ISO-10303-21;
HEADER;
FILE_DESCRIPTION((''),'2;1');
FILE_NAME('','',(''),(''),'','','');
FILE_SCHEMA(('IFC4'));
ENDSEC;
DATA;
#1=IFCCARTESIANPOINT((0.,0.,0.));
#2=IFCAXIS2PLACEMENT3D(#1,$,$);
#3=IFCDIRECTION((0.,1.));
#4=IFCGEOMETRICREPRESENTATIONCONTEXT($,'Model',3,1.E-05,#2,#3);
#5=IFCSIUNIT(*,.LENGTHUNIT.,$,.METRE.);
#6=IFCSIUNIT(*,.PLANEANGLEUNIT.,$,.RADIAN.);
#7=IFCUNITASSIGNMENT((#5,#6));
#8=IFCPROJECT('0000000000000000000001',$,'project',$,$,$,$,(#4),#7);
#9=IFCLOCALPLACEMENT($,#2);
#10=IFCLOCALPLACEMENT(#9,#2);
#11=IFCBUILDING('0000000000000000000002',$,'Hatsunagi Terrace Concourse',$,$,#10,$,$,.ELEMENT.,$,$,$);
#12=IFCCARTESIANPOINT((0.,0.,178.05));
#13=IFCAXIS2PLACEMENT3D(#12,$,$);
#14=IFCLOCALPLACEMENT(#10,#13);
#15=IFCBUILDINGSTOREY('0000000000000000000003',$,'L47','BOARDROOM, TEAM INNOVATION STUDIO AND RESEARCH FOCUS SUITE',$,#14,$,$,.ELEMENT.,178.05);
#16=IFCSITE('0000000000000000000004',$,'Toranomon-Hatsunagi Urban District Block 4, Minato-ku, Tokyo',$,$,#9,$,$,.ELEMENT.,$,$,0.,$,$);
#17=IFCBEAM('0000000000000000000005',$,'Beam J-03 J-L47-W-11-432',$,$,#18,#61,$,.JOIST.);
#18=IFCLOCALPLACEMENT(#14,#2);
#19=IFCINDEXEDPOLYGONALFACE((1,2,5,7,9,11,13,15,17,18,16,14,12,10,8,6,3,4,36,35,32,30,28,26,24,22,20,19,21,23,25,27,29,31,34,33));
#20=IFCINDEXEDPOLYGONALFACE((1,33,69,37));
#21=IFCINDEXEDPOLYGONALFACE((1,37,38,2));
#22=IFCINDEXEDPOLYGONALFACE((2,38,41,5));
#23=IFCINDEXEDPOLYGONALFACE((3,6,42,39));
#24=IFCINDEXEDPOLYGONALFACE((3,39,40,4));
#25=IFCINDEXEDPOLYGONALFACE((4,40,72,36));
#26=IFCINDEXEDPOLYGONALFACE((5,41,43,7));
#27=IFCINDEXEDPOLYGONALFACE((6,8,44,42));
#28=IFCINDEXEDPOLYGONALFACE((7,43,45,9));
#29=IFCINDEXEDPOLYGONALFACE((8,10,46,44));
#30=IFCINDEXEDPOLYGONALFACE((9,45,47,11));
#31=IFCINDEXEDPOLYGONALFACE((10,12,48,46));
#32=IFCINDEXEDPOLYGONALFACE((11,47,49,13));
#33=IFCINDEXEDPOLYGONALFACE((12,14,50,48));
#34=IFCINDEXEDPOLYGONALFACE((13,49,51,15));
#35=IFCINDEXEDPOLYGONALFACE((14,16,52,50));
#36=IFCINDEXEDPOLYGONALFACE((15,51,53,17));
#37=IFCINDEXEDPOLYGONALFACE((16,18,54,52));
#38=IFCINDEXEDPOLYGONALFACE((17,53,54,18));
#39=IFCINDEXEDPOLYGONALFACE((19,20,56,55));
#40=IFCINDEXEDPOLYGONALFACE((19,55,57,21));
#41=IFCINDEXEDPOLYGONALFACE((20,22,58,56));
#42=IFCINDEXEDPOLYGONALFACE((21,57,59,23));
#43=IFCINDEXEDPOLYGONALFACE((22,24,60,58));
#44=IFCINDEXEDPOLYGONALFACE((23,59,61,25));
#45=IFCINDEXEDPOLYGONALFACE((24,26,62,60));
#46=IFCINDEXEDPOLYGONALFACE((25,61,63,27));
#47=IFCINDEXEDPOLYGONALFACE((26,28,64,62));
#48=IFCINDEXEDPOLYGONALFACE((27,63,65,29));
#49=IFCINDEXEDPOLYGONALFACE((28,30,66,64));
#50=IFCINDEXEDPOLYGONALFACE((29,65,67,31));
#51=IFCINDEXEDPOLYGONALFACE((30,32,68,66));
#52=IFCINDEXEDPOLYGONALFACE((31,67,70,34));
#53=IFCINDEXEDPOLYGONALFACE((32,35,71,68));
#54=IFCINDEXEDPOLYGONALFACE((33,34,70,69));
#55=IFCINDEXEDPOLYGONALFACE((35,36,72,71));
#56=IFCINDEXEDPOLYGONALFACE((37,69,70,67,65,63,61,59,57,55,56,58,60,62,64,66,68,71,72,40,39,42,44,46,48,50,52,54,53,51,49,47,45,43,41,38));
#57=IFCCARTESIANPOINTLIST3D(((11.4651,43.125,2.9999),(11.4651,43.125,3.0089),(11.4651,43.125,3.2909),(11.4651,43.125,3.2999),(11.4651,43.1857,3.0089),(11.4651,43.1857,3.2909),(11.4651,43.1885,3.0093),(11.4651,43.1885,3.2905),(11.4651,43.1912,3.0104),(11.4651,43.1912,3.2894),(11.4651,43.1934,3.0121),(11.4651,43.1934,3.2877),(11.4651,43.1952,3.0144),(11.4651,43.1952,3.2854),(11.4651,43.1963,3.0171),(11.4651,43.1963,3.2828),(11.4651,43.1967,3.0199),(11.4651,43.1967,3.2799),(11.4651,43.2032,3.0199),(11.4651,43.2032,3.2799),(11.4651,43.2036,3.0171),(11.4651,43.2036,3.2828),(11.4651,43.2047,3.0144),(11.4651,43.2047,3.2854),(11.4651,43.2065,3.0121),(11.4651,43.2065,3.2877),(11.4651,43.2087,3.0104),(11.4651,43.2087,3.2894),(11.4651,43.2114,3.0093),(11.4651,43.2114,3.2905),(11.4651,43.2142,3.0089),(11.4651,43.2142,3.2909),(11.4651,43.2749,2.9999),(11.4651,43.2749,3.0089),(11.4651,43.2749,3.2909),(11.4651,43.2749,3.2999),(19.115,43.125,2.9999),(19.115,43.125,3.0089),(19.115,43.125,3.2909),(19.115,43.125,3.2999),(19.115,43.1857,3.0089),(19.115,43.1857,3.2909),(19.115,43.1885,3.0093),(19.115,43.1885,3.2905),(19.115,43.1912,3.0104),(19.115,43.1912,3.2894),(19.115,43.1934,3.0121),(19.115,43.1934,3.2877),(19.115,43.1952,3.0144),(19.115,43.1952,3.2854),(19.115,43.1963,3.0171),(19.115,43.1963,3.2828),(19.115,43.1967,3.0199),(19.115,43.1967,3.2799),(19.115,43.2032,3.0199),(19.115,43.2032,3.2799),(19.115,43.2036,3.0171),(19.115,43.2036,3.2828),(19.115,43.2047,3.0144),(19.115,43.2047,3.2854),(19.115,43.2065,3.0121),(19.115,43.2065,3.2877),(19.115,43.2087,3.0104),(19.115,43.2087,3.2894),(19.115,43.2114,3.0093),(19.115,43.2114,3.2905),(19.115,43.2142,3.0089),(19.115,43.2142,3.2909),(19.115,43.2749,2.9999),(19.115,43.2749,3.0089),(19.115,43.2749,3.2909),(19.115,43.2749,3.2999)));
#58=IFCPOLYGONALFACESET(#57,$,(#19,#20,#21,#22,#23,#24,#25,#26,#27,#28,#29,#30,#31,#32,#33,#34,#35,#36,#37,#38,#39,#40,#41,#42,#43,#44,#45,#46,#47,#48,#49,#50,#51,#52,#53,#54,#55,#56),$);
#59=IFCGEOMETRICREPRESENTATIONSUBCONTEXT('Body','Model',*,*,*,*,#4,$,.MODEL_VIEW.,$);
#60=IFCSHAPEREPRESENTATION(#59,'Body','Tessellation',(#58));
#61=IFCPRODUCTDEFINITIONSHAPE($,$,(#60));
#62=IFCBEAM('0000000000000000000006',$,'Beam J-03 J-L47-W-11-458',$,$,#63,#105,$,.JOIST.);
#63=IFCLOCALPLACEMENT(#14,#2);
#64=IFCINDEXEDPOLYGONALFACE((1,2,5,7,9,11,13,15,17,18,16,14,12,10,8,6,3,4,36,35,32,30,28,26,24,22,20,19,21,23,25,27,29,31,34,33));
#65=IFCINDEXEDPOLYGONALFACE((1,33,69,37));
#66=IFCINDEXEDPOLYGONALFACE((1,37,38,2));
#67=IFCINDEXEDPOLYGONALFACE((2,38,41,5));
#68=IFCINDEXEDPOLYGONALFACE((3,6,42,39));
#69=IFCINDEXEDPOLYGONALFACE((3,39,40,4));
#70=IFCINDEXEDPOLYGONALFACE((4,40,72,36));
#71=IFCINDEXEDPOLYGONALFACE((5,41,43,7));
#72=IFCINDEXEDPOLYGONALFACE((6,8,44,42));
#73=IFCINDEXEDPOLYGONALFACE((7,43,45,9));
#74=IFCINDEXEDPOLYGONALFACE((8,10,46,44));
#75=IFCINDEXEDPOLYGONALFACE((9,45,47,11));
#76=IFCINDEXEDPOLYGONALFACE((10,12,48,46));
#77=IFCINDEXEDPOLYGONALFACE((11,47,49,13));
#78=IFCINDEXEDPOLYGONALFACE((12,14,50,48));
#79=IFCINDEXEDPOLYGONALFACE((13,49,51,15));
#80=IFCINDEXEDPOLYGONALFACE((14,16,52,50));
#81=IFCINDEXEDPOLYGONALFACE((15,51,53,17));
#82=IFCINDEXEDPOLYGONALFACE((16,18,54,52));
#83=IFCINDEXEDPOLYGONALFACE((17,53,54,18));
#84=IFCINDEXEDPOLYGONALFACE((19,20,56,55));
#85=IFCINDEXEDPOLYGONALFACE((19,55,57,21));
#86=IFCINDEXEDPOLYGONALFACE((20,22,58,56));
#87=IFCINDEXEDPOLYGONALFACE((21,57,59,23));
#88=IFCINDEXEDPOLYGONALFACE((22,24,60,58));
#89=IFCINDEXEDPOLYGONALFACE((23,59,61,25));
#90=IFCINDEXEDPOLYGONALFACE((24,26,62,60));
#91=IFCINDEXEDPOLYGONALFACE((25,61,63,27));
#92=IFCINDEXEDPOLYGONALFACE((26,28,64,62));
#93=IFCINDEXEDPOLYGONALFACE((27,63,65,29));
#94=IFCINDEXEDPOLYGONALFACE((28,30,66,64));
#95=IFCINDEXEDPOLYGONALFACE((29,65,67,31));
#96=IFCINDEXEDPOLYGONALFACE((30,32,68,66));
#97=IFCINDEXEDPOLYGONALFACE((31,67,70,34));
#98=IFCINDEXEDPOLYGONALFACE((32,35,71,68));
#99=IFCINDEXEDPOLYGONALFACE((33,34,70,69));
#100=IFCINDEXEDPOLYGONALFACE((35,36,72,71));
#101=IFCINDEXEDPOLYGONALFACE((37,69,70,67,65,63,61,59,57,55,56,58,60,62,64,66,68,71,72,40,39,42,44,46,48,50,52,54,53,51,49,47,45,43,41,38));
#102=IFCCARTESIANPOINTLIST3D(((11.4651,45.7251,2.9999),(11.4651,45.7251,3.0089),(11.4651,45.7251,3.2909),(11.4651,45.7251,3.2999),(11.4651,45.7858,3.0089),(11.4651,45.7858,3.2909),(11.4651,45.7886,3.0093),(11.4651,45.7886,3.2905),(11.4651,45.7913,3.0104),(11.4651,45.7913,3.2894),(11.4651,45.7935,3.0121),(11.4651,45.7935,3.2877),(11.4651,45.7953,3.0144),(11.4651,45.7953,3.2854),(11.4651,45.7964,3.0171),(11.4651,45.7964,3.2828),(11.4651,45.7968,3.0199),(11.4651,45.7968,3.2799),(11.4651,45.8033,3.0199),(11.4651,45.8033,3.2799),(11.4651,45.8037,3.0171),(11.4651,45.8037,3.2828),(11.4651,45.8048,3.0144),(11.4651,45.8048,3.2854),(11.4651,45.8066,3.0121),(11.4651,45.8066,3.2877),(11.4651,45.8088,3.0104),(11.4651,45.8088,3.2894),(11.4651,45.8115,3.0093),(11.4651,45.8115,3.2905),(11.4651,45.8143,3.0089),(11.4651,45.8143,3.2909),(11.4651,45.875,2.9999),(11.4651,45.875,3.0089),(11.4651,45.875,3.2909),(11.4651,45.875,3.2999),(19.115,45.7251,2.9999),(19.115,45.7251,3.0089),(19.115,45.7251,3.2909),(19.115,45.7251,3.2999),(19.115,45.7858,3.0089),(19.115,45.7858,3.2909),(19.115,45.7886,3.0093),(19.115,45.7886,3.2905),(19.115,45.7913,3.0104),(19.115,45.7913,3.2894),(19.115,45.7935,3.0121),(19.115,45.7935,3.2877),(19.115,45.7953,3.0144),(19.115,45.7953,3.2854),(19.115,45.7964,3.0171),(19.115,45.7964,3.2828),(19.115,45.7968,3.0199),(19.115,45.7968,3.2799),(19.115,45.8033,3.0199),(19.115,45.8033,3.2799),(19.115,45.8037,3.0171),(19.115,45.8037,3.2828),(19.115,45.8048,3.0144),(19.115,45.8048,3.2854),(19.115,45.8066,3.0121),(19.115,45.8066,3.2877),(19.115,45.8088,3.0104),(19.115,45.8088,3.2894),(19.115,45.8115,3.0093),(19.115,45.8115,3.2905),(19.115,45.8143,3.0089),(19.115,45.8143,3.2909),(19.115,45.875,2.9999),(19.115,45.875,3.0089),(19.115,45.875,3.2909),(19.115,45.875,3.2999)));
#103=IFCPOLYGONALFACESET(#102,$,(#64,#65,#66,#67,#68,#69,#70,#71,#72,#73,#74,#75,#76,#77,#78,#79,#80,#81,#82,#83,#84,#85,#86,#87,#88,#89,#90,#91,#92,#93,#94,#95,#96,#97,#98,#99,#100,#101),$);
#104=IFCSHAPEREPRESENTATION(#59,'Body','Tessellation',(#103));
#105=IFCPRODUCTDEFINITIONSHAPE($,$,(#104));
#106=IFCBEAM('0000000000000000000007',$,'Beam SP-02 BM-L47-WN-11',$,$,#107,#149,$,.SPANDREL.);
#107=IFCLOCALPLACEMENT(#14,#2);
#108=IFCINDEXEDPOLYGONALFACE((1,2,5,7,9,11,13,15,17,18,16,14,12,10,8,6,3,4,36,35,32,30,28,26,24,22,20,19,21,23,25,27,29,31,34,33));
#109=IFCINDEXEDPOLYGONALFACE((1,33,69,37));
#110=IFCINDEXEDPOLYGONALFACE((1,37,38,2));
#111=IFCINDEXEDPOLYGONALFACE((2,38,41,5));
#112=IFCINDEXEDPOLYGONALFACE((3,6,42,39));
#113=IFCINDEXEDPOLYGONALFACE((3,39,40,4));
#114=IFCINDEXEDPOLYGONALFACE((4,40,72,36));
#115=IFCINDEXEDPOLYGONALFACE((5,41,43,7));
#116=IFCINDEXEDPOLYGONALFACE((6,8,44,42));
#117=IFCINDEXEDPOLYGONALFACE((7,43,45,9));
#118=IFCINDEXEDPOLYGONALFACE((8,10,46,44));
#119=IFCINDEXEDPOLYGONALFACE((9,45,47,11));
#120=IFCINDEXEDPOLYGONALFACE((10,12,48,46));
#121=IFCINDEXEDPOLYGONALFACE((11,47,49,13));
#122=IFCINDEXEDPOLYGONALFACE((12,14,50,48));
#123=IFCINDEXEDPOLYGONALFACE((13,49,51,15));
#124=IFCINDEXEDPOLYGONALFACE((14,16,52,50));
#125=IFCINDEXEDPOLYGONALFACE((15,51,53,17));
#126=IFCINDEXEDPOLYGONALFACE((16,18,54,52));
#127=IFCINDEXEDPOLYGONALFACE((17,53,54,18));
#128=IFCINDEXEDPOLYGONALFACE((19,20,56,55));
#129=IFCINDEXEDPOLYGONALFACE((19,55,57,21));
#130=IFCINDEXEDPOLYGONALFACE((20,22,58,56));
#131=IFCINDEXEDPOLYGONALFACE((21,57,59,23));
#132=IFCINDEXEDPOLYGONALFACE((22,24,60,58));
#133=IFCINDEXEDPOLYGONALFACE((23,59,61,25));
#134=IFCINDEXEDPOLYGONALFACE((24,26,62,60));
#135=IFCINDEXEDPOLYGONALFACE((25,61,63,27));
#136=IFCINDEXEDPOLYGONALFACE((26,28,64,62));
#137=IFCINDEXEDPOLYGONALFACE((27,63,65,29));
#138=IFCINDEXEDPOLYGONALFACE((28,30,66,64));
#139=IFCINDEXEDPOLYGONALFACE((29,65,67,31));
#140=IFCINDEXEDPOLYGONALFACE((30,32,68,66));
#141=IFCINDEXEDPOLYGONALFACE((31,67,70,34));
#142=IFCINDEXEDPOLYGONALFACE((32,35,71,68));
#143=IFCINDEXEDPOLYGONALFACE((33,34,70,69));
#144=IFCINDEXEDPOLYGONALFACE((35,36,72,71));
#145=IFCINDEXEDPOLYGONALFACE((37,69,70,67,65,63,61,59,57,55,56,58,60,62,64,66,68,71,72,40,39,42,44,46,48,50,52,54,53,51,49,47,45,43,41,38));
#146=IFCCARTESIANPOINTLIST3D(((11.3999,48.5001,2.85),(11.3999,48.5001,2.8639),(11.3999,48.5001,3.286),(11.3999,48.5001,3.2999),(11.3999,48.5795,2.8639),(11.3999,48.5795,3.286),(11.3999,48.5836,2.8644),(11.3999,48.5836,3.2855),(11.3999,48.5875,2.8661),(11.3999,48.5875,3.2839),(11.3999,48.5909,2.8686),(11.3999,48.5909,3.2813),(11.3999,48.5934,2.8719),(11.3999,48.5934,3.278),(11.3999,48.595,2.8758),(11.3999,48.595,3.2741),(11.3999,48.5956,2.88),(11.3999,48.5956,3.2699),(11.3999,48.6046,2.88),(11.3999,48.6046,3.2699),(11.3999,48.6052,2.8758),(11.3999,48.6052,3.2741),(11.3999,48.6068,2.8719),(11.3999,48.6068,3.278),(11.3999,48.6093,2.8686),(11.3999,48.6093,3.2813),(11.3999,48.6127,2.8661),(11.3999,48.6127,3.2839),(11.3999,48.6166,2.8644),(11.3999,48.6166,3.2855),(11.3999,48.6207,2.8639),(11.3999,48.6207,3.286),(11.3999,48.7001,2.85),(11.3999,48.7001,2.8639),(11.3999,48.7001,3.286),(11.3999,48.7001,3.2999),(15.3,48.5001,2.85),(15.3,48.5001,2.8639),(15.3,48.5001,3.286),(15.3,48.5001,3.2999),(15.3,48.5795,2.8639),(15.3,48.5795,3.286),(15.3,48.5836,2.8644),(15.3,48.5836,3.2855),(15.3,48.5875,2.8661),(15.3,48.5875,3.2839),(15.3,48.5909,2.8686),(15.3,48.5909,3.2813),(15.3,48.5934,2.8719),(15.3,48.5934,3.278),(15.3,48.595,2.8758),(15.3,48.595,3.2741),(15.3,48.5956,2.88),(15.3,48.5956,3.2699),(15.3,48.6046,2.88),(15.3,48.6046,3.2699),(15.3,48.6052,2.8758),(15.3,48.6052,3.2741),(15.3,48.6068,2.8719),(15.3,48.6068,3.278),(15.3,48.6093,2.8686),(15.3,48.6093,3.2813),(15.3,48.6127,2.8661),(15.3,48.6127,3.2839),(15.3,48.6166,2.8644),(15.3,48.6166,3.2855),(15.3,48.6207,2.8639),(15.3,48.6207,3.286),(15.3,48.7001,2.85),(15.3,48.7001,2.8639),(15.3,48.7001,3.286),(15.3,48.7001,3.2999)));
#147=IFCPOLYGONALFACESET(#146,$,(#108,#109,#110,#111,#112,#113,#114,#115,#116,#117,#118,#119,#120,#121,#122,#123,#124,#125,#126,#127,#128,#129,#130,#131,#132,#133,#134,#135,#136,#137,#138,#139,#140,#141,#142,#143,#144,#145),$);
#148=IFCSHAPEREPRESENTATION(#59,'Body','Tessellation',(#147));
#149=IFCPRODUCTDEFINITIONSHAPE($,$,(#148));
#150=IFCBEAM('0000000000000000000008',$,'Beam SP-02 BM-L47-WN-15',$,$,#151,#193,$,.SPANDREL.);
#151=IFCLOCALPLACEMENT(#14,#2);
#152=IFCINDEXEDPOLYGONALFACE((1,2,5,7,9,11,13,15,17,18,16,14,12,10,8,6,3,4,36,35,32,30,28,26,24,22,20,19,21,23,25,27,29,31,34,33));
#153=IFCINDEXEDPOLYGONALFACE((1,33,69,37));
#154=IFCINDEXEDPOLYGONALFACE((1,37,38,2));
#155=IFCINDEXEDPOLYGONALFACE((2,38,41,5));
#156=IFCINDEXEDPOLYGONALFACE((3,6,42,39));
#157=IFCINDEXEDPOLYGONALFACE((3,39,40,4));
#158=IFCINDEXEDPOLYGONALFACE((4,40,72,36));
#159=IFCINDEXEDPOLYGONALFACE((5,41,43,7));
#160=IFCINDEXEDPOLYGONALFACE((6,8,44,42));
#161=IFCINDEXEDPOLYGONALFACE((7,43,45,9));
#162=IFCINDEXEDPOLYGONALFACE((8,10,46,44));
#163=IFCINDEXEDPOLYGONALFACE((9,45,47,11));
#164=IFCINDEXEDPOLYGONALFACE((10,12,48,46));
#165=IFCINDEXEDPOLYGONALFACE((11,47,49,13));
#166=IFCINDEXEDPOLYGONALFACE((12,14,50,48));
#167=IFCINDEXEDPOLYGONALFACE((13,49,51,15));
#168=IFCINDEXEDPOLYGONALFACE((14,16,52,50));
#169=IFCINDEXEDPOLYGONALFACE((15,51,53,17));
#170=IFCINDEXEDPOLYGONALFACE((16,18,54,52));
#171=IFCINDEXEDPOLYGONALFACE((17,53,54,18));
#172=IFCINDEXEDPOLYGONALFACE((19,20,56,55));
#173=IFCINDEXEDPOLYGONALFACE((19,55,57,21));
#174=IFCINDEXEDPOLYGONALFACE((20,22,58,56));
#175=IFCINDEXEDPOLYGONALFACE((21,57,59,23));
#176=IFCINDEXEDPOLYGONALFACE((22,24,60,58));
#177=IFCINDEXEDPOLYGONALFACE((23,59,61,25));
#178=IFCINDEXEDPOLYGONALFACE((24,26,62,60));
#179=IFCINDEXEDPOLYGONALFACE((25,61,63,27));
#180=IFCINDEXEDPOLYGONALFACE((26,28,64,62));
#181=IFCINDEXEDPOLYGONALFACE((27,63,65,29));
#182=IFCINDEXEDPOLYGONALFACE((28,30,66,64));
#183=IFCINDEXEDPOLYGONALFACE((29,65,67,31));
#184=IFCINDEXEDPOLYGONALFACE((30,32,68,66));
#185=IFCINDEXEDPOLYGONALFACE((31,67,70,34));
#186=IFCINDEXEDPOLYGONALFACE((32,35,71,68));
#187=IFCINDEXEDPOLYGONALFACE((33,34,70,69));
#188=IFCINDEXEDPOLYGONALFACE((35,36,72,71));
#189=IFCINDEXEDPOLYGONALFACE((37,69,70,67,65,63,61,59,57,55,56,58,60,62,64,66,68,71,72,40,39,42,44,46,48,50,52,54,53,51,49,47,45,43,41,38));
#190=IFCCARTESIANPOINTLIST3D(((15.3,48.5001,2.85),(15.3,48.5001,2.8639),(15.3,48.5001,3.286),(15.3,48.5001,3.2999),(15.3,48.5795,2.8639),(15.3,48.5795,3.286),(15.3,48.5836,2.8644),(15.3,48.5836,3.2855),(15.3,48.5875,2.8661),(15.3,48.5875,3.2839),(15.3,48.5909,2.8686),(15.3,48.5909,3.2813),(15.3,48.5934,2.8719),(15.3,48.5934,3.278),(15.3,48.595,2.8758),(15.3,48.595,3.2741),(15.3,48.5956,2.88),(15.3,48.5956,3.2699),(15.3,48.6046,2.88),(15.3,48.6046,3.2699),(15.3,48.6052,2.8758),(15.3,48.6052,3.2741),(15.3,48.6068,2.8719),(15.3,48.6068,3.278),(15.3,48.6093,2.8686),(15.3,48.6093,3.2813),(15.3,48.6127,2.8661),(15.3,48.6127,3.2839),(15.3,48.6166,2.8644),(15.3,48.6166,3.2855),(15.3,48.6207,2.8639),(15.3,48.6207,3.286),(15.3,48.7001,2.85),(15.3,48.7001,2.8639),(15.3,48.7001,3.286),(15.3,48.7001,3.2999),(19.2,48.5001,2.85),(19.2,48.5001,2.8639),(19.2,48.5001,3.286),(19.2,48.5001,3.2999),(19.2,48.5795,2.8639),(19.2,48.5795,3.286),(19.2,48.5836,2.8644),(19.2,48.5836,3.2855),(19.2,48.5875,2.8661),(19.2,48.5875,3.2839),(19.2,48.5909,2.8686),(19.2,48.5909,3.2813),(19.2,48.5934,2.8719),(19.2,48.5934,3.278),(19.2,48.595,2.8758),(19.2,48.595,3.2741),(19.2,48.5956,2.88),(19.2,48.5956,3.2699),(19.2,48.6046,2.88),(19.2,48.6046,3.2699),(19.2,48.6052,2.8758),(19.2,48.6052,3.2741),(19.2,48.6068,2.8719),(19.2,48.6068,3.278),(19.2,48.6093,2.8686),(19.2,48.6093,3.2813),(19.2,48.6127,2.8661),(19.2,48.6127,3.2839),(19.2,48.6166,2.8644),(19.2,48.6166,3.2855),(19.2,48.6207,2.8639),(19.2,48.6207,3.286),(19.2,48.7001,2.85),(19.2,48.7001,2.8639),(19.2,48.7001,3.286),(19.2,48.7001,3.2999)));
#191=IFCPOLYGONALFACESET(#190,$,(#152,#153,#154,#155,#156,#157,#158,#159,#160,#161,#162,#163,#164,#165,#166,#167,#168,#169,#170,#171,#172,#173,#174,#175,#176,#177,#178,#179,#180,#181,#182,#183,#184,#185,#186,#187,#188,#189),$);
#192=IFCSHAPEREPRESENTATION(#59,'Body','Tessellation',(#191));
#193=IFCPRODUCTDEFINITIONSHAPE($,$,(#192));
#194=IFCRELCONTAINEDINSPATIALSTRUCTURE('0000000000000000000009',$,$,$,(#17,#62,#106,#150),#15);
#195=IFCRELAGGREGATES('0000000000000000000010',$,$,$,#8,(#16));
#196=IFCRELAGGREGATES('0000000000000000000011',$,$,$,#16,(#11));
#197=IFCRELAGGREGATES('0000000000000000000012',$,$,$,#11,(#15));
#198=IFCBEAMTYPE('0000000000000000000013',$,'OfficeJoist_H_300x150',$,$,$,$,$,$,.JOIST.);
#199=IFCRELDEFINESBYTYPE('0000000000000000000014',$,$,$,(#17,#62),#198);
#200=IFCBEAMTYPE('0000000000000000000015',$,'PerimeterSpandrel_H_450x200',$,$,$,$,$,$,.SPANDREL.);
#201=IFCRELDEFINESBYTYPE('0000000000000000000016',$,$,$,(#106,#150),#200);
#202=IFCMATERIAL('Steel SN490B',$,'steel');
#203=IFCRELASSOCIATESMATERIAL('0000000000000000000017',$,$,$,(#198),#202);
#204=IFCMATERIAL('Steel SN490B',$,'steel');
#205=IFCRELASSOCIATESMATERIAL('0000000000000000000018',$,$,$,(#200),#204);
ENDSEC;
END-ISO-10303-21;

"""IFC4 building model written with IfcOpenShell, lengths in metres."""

from ifc_helpers import new_model, si_unit, direction, frame, origin, origin_2d, place, context, subcontext, project, spatial, i_section, extrude, material, material_profile, profile_set, type_object, element, save


model = new_model("IFC4")

# Units and contexts
model_context = context("Model", 3, precision=1e-05, world=origin(), true_north=direction((0.0, 1.0)))
body_context = subcontext(model_context, "Body", "Model", "MODEL_VIEW")
ifc_project = project(units=[si_unit("LENGTHUNIT", "METRE"), si_unit("PLANEANGLEUNIT", "RADIAN")], contexts=[model_context])

# Site, building, storey
site_placement = place(None, origin())
site = spatial("IfcSite", under=ifc_project, at=site_placement, Name="Toranomon-Hatsunagi Urban District Block 4, Minato-ku, Tokyo", CompositionType="ELEMENT", RefElevation=0.0)
building_placement = place(site_placement, origin())
building = spatial("IfcBuilding", under=site, at=building_placement, Name="Hatsunagi Terrace Concourse", CompositionType="ELEMENT")
storey_placement = place(building_placement, frame((0.0, 0.0, 178.05)))
storey = spatial("IfcBuildingStorey", under=building, at=storey_placement, Name="L47", Description="BOARDROOM, TEAM INNOVATION STUDIO AND RESEARCH FOCUS SUITE", CompositionType="ELEMENT", Elevation=178.05)

# Beams
ifc_material_1 = material(Name="Steel SN490B", Category="steel")
ifc_material_profile_1 = material_profile(ifc_material_1, i_section(OverallWidth=0.1499, OverallDepth=0.3, WebThickness=0.0066, FlangeThickness=0.009, FilletRadius=0.011, at=origin_2d()), Name="H-300x150x6.5x9")
ifc_profile_set_1 = profile_set([ifc_material_profile_1], Name="Steel SN490B")
beam_type_1 = type_object("IfcBeamType", Name="OfficeJoist_H_300x150", PredefinedType="JOIST", material=ifc_profile_set_1)
for number, where, z_axis, x_axis, name in (
    (1, (11.4651, 43.2, 3.1499), (1.0, 0.0, 0.0), (0.0, 1.0, 0.0), "Beam J-03 J-L47-W-11-432"),
    (2, (11.4651, 45.8, 3.1499), (1.0, 0.0, 0.0), (0.0, 1.0, 0.0), "Beam J-03 J-L47-W-11-458"),
):
    element("IfcBeam", number, at=place(storey_placement, frame(where, z_axis=z_axis, x_axis=x_axis)), inside=storey, type_object=beam_type_1, Name=name, PredefinedType="JOIST", context=body_context, shape_type="SweptSolid", body=[
        extrude(i_section(OverallWidth=0.1499, OverallDepth=0.3, WebThickness=0.0066, FlangeThickness=0.009, FilletRadius=0.011, at=origin_2d()), origin(), (0.0, 0.0, 1.0), 7.6499),
    ])
ifc_material_2 = material(Name="Steel SN490B", Category="steel")
ifc_material_profile_2 = material_profile(ifc_material_2, i_section(OverallWidth=0.2, OverallDepth=0.45, WebThickness=0.009, FlangeThickness=0.0139, FilletRadius=0.0161, at=origin_2d()), Name="H-450x200x9x14")
ifc_profile_set_2 = profile_set([ifc_material_profile_2], Name="Steel SN490B")
beam_type_2 = type_object("IfcBeamType", Name="PerimeterSpandrel_H_450x200", PredefinedType="SPANDREL", material=ifc_profile_set_2)
beam_1_placement = place(storey_placement, frame((11.3999, 48.6001, 3.075), z_axis=(1.0, 0.0, 0.0), x_axis=(0.0, 1.0, 0.0)))
element("IfcBeam", 3, at=beam_1_placement, inside=storey, type_object=beam_type_2, Name="Beam SP-02 BM-L47-WN-11", PredefinedType="SPANDREL", context=body_context, shape_type="SweptSolid", body=[
    extrude(i_section(OverallWidth=0.2, OverallDepth=0.45, WebThickness=0.009, FlangeThickness=0.0139, FilletRadius=0.0161, at=origin_2d()), origin(), (0.0, 0.0, 1.0), 3.9001),
])
beam_2_placement = place(storey_placement, frame((15.3, 48.6001, 3.075), z_axis=(1.0, 0.0, 0.0), x_axis=(0.0, 1.0, 0.0)))
element("IfcBeam", 4, at=beam_2_placement, inside=storey, type_object=beam_type_2, Name="Beam SP-02 BM-L47-WN-15", PredefinedType="SPANDREL", context=body_context, shape_type="SweptSolid", body=[
    extrude(i_section(OverallWidth=0.2, OverallDepth=0.45, WebThickness=0.009, FlangeThickness=0.0139, FilletRadius=0.0161, at=origin_2d()), origin(), (0.0, 0.0, 1.0), 3.8999),
])

save(model, "model.ifc")
